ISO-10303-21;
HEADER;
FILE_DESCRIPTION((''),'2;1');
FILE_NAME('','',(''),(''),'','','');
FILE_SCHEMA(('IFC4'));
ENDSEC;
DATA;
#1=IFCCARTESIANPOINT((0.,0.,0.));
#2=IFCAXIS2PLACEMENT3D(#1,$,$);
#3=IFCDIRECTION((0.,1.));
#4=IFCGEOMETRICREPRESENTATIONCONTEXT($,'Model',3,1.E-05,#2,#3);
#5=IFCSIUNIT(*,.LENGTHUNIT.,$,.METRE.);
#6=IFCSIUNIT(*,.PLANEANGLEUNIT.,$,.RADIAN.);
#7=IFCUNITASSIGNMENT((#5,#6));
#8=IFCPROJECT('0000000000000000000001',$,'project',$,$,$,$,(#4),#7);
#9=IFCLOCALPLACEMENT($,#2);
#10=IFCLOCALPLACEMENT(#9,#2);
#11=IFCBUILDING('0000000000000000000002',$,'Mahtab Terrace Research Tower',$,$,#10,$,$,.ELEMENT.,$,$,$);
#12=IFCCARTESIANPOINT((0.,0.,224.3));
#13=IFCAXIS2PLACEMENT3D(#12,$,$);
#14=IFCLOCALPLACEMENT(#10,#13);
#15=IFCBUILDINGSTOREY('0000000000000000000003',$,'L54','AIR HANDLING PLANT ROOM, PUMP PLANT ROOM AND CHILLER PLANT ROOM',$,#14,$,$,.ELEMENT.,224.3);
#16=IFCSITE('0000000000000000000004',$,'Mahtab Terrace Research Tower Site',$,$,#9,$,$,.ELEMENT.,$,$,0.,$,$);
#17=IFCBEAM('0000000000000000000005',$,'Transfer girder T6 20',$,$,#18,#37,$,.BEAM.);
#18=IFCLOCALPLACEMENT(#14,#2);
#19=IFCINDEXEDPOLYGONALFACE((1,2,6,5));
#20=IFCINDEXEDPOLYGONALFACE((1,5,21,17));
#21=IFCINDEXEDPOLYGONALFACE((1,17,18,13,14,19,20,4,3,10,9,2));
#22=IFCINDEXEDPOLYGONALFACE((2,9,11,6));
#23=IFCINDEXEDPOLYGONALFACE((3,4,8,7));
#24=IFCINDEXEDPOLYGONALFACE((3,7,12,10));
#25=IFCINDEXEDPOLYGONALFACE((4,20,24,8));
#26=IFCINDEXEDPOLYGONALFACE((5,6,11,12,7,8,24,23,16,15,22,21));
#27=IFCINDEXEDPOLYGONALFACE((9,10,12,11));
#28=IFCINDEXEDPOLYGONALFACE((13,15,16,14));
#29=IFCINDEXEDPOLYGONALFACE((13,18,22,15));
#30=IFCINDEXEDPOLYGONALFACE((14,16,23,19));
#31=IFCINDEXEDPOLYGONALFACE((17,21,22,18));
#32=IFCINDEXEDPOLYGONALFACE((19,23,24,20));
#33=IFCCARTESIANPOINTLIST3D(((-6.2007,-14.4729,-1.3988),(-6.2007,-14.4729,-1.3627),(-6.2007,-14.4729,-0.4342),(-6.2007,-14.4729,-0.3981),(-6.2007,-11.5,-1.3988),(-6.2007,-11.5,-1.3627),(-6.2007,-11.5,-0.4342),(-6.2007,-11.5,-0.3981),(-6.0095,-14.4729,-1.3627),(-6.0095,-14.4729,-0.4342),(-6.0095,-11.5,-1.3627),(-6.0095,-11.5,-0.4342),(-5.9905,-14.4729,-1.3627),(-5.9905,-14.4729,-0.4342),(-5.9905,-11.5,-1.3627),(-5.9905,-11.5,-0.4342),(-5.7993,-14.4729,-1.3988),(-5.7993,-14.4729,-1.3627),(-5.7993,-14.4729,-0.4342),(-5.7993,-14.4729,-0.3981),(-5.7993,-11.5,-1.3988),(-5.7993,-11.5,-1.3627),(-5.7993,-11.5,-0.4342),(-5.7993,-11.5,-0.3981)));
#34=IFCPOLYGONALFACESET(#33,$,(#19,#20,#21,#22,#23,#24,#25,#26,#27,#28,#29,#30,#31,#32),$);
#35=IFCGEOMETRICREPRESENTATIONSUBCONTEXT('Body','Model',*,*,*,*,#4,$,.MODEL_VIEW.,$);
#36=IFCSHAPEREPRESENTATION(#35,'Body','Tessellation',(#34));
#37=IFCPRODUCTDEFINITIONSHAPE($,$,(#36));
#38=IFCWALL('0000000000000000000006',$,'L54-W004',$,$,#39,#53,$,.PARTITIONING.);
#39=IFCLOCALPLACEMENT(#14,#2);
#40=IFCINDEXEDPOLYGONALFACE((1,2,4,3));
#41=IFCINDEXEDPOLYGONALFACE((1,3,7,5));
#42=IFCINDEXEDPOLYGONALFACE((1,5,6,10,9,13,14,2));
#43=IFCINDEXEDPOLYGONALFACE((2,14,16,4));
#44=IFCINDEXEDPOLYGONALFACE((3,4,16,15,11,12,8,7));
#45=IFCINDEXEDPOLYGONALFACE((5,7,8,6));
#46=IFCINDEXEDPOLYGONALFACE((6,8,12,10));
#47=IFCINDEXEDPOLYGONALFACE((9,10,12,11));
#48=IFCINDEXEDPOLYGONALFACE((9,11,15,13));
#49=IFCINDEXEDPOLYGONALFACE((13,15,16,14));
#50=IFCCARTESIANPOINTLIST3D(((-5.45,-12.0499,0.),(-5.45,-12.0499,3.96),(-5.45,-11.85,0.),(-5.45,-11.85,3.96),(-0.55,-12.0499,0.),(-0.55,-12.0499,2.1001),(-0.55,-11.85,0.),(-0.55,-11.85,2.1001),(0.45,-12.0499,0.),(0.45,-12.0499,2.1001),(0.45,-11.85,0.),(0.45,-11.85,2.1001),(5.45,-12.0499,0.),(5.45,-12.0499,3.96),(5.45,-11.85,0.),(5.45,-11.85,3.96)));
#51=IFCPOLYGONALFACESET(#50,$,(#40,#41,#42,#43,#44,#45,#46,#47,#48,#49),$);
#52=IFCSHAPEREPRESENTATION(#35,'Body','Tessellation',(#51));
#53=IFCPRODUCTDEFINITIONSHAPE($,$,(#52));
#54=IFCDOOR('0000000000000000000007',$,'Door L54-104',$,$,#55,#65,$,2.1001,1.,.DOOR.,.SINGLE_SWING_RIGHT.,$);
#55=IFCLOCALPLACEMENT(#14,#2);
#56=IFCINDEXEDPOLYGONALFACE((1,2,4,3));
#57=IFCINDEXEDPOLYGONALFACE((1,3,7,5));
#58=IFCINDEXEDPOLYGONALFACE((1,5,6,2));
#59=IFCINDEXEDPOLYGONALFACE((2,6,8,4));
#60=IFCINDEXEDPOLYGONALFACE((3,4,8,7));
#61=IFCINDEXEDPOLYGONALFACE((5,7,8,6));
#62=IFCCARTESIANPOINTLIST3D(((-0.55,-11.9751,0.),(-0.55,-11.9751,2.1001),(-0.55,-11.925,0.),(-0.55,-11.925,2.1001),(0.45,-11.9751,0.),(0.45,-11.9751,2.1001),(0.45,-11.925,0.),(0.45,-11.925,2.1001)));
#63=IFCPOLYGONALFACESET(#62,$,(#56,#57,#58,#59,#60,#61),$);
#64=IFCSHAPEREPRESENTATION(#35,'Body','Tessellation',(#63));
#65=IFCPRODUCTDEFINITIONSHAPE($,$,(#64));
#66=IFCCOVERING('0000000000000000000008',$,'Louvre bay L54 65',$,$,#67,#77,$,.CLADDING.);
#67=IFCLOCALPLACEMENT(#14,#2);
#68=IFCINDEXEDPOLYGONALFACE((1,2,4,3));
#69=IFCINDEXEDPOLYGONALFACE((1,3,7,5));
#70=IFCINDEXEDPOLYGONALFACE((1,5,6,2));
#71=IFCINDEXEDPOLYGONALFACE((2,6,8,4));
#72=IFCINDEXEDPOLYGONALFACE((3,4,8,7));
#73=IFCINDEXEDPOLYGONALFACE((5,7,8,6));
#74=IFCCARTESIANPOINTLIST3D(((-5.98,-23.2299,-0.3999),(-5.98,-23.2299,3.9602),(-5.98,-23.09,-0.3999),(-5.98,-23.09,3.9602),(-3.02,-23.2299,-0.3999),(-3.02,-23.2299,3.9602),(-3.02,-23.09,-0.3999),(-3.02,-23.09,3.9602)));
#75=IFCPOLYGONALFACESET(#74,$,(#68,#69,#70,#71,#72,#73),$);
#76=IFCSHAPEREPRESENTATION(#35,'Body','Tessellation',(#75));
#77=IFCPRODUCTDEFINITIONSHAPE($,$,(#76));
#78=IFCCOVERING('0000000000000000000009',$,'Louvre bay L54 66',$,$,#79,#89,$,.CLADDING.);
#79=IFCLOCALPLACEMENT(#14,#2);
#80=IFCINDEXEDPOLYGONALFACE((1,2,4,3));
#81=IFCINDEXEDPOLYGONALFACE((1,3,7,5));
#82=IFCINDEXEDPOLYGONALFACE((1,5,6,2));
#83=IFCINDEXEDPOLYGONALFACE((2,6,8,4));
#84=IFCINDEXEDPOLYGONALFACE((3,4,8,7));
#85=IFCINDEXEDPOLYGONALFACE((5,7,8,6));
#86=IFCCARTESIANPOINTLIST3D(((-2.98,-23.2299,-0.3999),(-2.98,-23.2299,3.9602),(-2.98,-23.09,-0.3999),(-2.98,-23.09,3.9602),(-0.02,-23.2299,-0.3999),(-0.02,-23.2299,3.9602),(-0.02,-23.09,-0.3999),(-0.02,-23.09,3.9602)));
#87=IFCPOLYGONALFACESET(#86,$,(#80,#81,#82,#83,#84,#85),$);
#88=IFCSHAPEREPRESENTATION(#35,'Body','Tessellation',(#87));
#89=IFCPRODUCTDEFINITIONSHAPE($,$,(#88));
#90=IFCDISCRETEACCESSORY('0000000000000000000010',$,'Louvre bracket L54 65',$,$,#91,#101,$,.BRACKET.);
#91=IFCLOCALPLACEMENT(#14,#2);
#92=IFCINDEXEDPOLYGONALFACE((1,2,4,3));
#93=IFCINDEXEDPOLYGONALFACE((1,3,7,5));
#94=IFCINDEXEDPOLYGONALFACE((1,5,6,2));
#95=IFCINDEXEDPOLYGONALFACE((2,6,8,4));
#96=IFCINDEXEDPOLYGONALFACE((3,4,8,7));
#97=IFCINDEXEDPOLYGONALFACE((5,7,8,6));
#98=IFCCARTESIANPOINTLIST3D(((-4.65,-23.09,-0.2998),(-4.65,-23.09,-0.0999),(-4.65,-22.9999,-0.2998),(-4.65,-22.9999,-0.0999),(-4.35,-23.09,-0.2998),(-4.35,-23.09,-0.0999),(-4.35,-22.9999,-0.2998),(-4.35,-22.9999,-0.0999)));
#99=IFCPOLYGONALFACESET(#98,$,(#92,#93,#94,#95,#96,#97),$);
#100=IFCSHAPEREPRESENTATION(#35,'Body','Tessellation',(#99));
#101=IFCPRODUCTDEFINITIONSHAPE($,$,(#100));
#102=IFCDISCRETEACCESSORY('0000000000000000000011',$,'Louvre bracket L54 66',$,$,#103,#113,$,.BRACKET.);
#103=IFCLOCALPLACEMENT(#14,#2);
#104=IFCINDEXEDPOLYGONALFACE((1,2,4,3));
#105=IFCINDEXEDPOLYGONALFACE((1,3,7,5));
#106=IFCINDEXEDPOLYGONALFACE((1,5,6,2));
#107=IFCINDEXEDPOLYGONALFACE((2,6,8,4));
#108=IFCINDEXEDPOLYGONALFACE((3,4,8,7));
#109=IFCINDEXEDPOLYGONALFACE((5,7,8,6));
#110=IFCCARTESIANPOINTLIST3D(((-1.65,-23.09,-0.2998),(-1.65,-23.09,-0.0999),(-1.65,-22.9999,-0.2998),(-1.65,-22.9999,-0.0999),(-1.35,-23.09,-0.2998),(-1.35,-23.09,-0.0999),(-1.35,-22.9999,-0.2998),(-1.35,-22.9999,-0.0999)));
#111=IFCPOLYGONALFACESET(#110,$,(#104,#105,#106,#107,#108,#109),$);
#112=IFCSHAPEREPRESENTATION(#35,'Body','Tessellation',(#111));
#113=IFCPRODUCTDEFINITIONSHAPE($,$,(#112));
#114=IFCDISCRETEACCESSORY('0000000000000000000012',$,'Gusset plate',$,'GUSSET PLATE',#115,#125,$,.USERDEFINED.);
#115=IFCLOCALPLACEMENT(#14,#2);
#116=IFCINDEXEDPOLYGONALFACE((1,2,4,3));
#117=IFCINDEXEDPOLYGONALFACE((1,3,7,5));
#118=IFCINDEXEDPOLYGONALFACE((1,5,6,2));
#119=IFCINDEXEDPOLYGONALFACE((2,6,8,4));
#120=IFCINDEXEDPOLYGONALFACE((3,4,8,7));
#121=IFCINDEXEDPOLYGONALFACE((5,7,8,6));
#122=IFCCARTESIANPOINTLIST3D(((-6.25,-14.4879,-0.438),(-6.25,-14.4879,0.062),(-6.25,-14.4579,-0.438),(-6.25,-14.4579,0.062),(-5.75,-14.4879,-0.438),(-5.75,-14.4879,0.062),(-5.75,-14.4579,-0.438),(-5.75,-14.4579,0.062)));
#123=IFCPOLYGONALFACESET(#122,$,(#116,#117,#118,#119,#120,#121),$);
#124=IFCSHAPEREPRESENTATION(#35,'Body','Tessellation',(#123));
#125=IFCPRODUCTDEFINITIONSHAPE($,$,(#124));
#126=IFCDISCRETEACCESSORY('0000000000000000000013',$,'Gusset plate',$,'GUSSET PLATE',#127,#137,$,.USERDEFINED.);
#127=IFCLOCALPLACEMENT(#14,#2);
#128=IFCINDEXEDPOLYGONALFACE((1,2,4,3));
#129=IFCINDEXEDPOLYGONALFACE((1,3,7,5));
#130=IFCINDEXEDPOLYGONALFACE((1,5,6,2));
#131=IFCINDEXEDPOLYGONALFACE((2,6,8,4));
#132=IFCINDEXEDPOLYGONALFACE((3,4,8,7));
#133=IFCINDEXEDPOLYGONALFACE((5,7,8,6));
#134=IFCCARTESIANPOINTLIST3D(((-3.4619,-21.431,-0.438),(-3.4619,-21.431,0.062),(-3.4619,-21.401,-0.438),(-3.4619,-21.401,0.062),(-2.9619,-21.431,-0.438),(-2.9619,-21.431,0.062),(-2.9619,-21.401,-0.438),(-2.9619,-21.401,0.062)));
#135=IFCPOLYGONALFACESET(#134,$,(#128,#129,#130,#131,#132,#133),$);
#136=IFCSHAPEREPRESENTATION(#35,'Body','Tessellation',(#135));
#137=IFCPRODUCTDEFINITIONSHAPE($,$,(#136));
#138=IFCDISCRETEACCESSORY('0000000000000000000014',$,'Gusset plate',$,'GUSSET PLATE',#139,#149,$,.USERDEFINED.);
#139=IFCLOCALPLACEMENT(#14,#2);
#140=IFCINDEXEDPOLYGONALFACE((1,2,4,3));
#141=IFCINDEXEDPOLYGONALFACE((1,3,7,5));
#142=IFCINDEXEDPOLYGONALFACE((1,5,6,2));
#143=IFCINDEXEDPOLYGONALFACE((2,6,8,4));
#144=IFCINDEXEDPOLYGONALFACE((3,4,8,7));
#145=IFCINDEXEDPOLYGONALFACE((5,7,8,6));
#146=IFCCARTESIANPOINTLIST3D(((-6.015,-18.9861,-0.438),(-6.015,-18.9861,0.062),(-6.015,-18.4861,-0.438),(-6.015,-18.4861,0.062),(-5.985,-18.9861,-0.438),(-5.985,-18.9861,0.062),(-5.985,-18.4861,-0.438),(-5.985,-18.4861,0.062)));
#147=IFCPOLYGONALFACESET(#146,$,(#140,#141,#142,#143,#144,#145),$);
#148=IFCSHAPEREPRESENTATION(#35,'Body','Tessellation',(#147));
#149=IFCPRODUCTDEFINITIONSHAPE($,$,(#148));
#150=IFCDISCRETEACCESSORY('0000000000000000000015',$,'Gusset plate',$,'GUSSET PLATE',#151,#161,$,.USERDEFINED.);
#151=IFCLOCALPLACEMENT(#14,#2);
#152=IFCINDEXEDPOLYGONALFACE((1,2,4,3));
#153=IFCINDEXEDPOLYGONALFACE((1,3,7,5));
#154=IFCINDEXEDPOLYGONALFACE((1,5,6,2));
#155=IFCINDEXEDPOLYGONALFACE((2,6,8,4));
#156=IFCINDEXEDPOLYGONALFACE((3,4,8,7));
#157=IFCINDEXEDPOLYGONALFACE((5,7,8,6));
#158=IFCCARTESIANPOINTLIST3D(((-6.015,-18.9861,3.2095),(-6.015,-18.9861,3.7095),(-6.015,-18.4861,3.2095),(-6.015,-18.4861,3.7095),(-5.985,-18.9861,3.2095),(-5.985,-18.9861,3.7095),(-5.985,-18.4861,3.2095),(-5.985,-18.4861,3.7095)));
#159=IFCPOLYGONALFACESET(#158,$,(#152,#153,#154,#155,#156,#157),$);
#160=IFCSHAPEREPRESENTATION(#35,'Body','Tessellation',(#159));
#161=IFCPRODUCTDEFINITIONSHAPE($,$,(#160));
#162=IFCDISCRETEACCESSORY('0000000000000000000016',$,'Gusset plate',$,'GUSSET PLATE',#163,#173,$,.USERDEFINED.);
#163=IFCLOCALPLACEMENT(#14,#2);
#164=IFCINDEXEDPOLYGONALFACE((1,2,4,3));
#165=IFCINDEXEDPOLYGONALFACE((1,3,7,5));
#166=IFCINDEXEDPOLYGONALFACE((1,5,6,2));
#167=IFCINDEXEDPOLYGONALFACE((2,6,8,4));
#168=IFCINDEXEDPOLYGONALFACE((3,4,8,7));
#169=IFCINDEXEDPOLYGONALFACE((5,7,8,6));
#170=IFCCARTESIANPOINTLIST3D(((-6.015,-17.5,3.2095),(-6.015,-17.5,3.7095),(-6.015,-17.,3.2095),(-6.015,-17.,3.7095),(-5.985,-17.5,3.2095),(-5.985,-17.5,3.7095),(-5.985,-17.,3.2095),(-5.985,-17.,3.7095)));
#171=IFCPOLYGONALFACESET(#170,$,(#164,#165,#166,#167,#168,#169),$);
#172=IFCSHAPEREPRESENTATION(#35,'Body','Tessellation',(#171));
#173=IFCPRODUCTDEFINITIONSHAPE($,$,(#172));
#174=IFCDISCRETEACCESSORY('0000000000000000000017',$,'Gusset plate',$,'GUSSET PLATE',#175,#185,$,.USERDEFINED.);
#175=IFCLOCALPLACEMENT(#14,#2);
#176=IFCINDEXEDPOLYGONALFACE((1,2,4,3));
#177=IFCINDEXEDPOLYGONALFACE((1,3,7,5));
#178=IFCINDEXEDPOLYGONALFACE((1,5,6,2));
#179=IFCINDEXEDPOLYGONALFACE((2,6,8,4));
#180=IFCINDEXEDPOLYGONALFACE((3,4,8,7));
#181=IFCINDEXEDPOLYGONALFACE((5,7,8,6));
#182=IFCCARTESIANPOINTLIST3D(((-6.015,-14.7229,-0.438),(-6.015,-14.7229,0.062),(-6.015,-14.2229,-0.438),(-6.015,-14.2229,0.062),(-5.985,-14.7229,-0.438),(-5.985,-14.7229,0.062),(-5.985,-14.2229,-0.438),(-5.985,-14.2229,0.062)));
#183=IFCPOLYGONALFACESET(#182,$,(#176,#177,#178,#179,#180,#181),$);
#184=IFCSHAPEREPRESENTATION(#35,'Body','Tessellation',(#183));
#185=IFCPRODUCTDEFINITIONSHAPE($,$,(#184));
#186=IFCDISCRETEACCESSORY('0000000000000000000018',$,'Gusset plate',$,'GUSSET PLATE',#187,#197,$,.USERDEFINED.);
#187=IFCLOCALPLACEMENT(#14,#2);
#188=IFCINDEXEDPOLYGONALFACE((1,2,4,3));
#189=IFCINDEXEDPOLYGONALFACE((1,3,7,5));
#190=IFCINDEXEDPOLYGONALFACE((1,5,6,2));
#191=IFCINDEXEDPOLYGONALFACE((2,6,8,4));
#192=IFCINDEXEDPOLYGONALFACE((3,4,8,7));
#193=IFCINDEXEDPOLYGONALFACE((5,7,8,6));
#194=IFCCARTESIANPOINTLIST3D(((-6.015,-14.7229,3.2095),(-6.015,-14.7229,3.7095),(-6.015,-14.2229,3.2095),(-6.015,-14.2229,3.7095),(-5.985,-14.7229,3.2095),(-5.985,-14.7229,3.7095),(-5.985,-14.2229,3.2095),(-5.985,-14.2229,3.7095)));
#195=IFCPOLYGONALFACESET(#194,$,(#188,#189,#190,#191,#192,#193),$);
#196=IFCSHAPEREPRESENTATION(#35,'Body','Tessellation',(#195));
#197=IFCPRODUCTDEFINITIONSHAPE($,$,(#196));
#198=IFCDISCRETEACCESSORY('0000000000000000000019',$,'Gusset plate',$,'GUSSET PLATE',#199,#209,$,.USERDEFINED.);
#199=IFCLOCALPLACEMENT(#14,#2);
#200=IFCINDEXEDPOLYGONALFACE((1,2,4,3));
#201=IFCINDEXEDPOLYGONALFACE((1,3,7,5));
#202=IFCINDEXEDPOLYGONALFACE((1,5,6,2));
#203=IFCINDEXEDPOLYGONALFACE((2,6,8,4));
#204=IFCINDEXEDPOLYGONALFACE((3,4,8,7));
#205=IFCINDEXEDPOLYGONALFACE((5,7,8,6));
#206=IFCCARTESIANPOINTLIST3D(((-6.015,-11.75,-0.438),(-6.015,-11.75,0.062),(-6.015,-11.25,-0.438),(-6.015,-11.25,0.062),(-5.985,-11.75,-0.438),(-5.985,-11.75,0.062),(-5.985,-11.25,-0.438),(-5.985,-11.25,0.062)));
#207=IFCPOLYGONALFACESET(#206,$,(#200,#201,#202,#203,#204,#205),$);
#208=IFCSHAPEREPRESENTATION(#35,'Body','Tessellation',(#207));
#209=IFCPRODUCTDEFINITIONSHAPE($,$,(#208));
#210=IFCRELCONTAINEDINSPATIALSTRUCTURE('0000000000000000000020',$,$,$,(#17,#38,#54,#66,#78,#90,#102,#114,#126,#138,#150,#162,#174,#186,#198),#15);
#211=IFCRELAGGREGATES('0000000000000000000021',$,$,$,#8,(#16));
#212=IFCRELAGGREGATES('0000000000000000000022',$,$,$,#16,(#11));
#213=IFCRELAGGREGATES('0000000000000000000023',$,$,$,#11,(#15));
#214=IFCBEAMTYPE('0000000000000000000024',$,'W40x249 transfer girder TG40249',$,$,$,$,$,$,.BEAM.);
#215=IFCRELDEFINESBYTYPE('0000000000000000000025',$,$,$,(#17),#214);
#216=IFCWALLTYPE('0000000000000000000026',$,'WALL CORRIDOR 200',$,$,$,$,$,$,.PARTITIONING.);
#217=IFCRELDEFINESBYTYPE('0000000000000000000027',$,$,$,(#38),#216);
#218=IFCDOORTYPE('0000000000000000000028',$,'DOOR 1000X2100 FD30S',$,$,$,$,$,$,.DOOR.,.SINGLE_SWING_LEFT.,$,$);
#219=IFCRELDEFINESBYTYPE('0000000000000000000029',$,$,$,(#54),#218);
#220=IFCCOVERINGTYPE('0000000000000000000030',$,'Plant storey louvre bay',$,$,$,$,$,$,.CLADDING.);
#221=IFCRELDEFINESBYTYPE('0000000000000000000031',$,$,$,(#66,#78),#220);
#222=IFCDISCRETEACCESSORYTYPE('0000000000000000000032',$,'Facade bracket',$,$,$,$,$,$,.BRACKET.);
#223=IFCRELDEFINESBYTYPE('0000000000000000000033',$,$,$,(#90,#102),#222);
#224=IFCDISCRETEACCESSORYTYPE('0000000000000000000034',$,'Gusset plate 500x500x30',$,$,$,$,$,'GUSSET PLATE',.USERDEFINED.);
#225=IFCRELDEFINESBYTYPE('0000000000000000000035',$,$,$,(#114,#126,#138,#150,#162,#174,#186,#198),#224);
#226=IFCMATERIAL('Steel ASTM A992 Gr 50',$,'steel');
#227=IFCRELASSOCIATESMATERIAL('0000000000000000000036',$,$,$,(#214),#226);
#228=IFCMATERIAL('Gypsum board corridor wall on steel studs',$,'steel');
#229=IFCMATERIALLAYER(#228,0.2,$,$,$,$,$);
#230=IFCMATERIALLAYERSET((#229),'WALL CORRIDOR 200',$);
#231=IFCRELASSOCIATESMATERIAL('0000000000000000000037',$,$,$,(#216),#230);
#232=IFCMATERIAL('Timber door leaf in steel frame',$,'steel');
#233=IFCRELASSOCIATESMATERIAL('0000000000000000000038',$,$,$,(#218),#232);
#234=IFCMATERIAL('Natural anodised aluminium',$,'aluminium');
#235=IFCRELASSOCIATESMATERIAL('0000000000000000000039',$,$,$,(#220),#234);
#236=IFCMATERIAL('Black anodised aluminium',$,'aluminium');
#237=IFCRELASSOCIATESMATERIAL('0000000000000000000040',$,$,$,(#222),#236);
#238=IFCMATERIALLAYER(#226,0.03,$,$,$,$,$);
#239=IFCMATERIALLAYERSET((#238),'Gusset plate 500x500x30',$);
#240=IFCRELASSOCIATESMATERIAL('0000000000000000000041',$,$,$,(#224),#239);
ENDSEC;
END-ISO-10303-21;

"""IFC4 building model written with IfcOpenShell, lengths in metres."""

from ifc_helpers import new_model, si_unit, direction, frame, frame_2d, origin, origin_2d, place, context, subcontext, project, spatial, rectangle, i_section, extrude, material, layer, layer_set, material_profile, profile_set, type_object, element, fill, save


model = new_model("IFC4")

# Units and contexts
model_context = context("Model", 3, precision=1e-05, world=origin(), true_north=direction((0.0, 1.0)))
body_context = subcontext(model_context, "Body", "Model", "MODEL_VIEW")
ifc_project = project(units=[si_unit("LENGTHUNIT", "METRE"), si_unit("PLANEANGLEUNIT", "RADIAN")], contexts=[model_context])

# Site, building, storey
site_placement = place(None, origin())
site = spatial("IfcSite", under=ifc_project, at=site_placement, Name="Mahtab Terrace Research Tower Site", CompositionType="ELEMENT", RefElevation=0.0)
building_placement = place(site_placement, origin())
building = spatial("IfcBuilding", under=site, at=building_placement, Name="Mahtab Terrace Research Tower", CompositionType="ELEMENT")
storey_placement = place(building_placement, frame((0.0, 0.0, 224.3)))
storey = spatial("IfcBuildingStorey", under=building, at=storey_placement, Name="L54", Description="AIR HANDLING PLANT ROOM, PUMP PLANT ROOM AND CHILLER PLANT ROOM", CompositionType="ELEMENT", Elevation=224.3)

# Shared definitions
ifc_material_1 = material(Name="Steel ASTM A992 Gr 50", Category="steel")

# Beam
ifc_material_profile_1 = material_profile(ifc_material_1, i_section(OverallWidth=0.4014, OverallDepth=1.0007, WebThickness=0.019, FlangeThickness=0.0361, at=origin_2d()), Name="W40X249")
ifc_profile_set_1 = profile_set([ifc_material_profile_1], Name="Steel ASTM A992 Gr 50")
beam_type = type_object("IfcBeamType", Name="W40x249 transfer girder TG40249", PredefinedType="BEAM", material=ifc_profile_set_1)
beam_placement = place(storey_placement, frame((-6.0, -14.4729, -0.8984), z_axis=(0.0, 1.0, 0.0), x_axis=(-1.0, 0.0, 0.0)))
element("IfcBeam", 1, at=beam_placement, inside=storey, type_object=beam_type, Name="Transfer girder T6 20", PredefinedType="BEAM", context=body_context, shape_type="SweptSolid", body=[
    extrude(i_section(OverallWidth=0.4014, OverallDepth=1.0007, WebThickness=0.019, FlangeThickness=0.0361, at=origin_2d()), origin(), (0.0, 0.0, 1.0), 2.9729),
])

# Wall, opening, door
ifc_material_2 = material(Name="Gypsum board corridor wall on steel studs", Category="steel")
ifc_layer_1 = layer(ifc_material_2, 0.2)
ifc_layer_set_1 = layer_set([ifc_layer_1], Name="WALL CORRIDOR 200")
wall_type = type_object("IfcWallType", Name="WALL CORRIDOR 200", PredefinedType="PARTITIONING", material=ifc_layer_set_1)
wall_placement = place(storey_placement, frame((-5.45, -11.95, 0.0), z_axis=(0.0, 0.0, 1.0), x_axis=(1.0, 0.0, 0.0)))
wall = element("IfcWall", 2, at=wall_placement, inside=storey, type_object=wall_type, Name="L54-W004", PredefinedType="PARTITIONING", context=body_context, shape_type="SweptSolid", body=[
    extrude(rectangle(XDim=10.8999, YDim=0.2, at=frame_2d((5.45, 0.0))), origin(), (0.0, 0.0, 1.0), 3.96),
])
opening_placement = place(wall_placement, frame((4.8999, 0.0, 0.0)))
opening = element("IfcOpeningElement", 3, at=opening_placement, cuts=wall, PredefinedType="OPENING", context=body_context, shape_type="SweptSolid", body=[
    extrude(rectangle(XDim=1.0, YDim=2.1001, at=frame_2d((0.5, 1.05))), frame((0.0, 0.1099, 0.0), z_axis=(0.0, -1.0, 0.0), x_axis=(1.0, 0.0, 0.0)), (0.0, 0.0, 1.0), 0.22),
])
ifc_material_3 = material(Name="Timber door leaf in steel frame", Category="steel")
door_type = type_object("IfcDoorType", Name="DOOR 1000X2100 FD30S", OperationType="SINGLE_SWING_LEFT", PredefinedType="DOOR", material=ifc_material_3)
door_placement = place(opening_placement, origin())
door = element("IfcDoor", 4, at=door_placement, inside=storey, type_object=door_type, Name="Door L54-104", OperationType="SINGLE_SWING_RIGHT", OverallHeight=2.1001, OverallWidth=1.0, PredefinedType="DOOR", context=body_context, shape_type="SweptSolid", body=[
    extrude(rectangle(XDim=1.0, YDim=2.1001, at=frame_2d((0.5, 1.05))), frame((0.0, 0.0249, 0.0), z_axis=(0.0, -1.0, 0.0), x_axis=(1.0, 0.0, 0.0)), (0.0, 0.0, 1.0), 0.05),
])
fill(opening, door)

# Coverings
ifc_material_4 = material(Name="Natural anodised aluminium", Category="aluminium")
covering_type = type_object("IfcCoveringType", Name="Plant storey louvre bay", PredefinedType="CLADDING", material=ifc_material_4)
for number, where, z_axis, x_axis, name in (
    (5, (-4.5, -23.1599, -0.3999), (0.0, 0.0, 1.0), (1.0, 0.0, 0.0), "Louvre bay L54 65"),
    (6, (-1.5, -23.1599, -0.3999), (0.0, 0.0, 1.0), (1.0, 0.0, 0.0), "Louvre bay L54 66"),
):
    element("IfcCovering", number, at=place(storey_placement, frame(where, z_axis=z_axis, x_axis=x_axis)), inside=storey, type_object=covering_type, Name=name, PredefinedType="CLADDING", context=body_context, shape_type="SweptSolid", body=[
        extrude(rectangle(XDim=2.96, YDim=0.1399, at=origin_2d()), origin(), (0.0, 0.0, 1.0), 4.3601),
    ])

# Discrete accessories
ifc_material_5 = material(Name="Black anodised aluminium", Category="aluminium")
discrete_accessory_type_1 = type_object("IfcDiscreteAccessoryType", Name="Facade bracket", PredefinedType="BRACKET", material=ifc_material_5)
for number, where, z_axis, x_axis, name in (
    (7, (-4.5, -23.0449, -0.2998), (0.0, 0.0, 1.0), (1.0, 0.0, 0.0), "Louvre bracket L54 65"),
    (8, (-1.5, -23.0449, -0.2998), (0.0, 0.0, 1.0), (1.0, 0.0, 0.0), "Louvre bracket L54 66"),
):
    element("IfcDiscreteAccessory", number, at=place(storey_placement, frame(where, z_axis=z_axis, x_axis=x_axis)), inside=storey, type_object=discrete_accessory_type_1, Name=name, PredefinedType="BRACKET", context=body_context, shape_type="SweptSolid", body=[
        extrude(rectangle(XDim=0.3, YDim=0.0901, at=origin_2d()), origin(), (0.0, 0.0, 1.0), 0.2),
    ])
ifc_layer_2 = layer(ifc_material_1, 0.03)
ifc_layer_set_2 = layer_set([ifc_layer_2], Name="Gusset plate 500x500x30")
discrete_accessory_type_2 = type_object("IfcDiscreteAccessoryType", Name="Gusset plate 500x500x30", ElementType="GUSSET PLATE", PredefinedType="USERDEFINED", material=ifc_layer_set_2)
for number, where, z_axis, x_axis, name in (
    (9, (-6.0, -14.4729, -0.438), (0.0, 0.0, 1.0), (1.0, 0.0, 0.0), "Gusset plate"),
    (10, (-3.2119, -21.416, -0.438), (0.0, 0.0, 1.0), (1.0, 0.0, 0.0), "Gusset plate"),
    (11, (-6.0, -18.7361, -0.438), (0.0, 0.0, 1.0), (0.0, 1.0, 0.0), "Gusset plate"),
    (12, (-6.0, -18.7361, 3.2095), (0.0, 0.0, 1.0), (0.0, 1.0, 0.0), "Gusset plate"),
    (13, (-6.0, -17.25, 3.2095), (0.0, 0.0, 1.0), (0.0, 1.0, 0.0), "Gusset plate"),
    (14, (-6.0, -14.4729, -0.438), (0.0, 0.0, 1.0), (0.0, 1.0, 0.0), "Gusset plate"),
    (15, (-6.0, -14.4729, 3.2095), (0.0, 0.0, 1.0), (0.0, 1.0, 0.0), "Gusset plate"),
    (16, (-6.0, -11.5, -0.438), (0.0, 0.0, 1.0), (0.0, 1.0, 0.0), "Gusset plate"),
):
    element("IfcDiscreteAccessory", number, at=place(storey_placement, frame(where, z_axis=z_axis, x_axis=x_axis)), inside=storey, type_object=discrete_accessory_type_2, Name=name, ObjectType="GUSSET PLATE", PredefinedType="USERDEFINED", context=body_context, shape_type="SweptSolid", body=[
        extrude(rectangle(XDim=0.5, YDim=0.03, at=origin_2d()), origin(), (0.0, 0.0, 1.0), 0.5),
    ])

save(model, "model.ifc")
